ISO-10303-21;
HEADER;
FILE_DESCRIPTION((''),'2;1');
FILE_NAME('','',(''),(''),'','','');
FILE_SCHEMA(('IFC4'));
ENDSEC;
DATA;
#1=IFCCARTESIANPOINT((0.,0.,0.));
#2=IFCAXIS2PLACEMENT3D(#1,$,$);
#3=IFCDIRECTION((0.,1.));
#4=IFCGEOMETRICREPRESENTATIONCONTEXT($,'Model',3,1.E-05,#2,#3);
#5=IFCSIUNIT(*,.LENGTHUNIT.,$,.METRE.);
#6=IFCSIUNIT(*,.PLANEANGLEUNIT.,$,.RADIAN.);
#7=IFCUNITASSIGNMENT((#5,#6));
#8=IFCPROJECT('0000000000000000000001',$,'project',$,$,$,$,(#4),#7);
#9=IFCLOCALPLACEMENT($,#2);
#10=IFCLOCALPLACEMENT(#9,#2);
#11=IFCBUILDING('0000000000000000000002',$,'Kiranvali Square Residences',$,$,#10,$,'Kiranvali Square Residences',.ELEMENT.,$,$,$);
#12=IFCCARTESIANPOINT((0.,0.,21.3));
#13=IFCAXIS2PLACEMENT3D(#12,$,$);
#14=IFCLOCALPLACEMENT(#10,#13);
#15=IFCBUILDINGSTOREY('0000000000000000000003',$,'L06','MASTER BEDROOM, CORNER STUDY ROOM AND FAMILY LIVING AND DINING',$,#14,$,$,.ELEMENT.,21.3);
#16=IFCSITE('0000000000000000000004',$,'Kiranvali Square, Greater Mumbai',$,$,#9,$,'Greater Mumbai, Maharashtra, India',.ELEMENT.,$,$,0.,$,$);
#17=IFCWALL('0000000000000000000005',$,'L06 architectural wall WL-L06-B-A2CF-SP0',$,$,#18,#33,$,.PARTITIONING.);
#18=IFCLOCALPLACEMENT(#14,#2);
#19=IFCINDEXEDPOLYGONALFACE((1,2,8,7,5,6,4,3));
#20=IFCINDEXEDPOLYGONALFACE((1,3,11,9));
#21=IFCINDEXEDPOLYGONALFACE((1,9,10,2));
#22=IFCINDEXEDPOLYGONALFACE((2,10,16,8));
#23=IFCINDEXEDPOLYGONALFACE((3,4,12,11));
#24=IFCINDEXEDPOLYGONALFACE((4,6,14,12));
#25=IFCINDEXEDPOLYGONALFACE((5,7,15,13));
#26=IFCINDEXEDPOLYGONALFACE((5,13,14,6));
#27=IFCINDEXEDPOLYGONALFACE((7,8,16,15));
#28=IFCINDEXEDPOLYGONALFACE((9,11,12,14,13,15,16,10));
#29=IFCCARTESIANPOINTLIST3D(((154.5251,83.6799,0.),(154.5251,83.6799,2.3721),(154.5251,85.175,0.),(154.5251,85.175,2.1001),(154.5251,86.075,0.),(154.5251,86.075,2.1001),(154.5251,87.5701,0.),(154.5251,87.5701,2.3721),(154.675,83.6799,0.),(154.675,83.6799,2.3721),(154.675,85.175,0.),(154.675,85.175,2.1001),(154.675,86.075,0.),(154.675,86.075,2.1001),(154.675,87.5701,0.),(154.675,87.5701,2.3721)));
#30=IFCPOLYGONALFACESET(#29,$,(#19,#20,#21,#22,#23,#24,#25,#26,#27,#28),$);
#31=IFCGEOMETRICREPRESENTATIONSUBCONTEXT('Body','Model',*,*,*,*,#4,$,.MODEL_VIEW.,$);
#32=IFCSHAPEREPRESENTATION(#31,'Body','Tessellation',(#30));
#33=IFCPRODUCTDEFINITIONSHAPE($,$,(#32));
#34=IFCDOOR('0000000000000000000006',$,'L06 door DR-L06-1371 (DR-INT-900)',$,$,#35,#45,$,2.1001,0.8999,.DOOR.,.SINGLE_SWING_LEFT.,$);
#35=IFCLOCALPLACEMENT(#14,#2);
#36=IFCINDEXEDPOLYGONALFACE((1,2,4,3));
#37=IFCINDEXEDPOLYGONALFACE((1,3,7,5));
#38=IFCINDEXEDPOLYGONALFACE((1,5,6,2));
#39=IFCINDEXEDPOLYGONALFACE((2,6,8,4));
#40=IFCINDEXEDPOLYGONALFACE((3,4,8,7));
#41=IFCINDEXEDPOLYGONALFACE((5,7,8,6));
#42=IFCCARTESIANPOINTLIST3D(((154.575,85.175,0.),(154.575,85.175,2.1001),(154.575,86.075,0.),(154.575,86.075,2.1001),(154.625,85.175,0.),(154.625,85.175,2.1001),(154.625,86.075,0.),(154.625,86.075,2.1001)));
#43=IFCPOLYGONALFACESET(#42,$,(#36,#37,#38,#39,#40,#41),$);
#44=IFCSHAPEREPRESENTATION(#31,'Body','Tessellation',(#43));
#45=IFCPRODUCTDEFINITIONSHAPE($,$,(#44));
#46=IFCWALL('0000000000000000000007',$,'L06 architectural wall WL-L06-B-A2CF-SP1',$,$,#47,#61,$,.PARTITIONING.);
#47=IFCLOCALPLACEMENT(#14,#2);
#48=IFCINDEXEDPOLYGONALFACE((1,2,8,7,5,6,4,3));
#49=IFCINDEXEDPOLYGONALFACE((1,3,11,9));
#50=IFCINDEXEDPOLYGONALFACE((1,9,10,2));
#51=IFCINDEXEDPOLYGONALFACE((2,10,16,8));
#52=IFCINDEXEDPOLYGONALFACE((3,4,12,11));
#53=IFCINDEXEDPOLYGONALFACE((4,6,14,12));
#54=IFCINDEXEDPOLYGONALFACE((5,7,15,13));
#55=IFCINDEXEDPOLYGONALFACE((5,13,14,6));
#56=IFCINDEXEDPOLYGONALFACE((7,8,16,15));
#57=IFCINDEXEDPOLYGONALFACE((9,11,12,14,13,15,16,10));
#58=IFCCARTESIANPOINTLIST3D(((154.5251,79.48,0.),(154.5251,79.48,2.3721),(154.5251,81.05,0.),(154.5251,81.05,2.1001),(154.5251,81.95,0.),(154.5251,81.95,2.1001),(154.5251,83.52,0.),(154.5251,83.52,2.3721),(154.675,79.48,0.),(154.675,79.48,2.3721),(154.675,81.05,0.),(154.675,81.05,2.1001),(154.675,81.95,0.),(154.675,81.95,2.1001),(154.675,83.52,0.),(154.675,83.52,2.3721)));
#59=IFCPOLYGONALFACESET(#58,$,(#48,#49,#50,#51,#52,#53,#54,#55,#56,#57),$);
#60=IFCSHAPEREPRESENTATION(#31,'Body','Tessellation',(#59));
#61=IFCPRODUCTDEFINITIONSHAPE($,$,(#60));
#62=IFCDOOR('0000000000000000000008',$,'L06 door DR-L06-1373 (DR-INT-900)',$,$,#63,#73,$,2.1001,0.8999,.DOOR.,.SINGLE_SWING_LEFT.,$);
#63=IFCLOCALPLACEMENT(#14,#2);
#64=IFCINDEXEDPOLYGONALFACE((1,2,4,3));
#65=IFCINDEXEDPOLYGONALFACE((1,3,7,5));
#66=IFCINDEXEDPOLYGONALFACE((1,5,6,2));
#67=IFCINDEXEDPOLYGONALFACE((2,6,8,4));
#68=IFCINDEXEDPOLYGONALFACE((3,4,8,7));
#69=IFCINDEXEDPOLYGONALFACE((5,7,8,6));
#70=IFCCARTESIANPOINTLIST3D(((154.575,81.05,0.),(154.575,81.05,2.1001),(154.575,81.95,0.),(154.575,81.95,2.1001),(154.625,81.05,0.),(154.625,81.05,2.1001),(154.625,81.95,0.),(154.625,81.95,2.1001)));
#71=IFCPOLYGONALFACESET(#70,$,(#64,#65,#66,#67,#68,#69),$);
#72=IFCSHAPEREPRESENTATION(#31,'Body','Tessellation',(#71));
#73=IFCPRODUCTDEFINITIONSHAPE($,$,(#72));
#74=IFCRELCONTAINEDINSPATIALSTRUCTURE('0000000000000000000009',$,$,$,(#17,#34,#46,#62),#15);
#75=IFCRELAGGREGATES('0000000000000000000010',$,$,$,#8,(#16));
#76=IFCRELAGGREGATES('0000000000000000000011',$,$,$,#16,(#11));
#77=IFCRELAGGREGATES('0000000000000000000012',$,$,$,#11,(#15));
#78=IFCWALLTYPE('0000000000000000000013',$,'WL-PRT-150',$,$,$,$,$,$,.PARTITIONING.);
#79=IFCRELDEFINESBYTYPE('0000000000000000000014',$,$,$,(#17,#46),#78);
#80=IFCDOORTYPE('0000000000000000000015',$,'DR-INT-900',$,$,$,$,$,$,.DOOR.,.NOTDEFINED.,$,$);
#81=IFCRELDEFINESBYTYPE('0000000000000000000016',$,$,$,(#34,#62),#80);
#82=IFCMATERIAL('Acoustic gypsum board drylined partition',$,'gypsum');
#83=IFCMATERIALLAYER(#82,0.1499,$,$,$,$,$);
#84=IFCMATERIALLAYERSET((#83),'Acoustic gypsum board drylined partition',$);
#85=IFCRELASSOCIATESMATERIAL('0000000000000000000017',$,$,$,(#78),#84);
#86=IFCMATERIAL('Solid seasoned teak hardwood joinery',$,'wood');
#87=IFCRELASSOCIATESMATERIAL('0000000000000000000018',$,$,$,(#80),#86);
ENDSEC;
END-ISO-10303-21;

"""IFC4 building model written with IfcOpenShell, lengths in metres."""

from ifc_helpers import new_model, si_unit, direction, frame, frame_2d, origin, place, context, subcontext, project, spatial, rectangle, extrude, material, layer, layer_set, type_object, element, fill, save


model = new_model("IFC4")

# Units and contexts
model_context = context("Model", 3, precision=1e-05, world=origin(), true_north=direction((0.0, 1.0)))
body_context = subcontext(model_context, "Body", "Model", "MODEL_VIEW")
ifc_project = project(units=[si_unit("LENGTHUNIT", "METRE"), si_unit("PLANEANGLEUNIT", "RADIAN")], contexts=[model_context])

# Site, building, storey
site_placement = place(None, origin())
site = spatial("IfcSite", under=ifc_project, at=site_placement, Name="Kiranvali Square, Greater Mumbai", LongName="Greater Mumbai, Maharashtra, India", CompositionType="ELEMENT", RefElevation=0.0)
building_placement = place(site_placement, origin())
building = spatial("IfcBuilding", under=site, at=building_placement, Name="Kiranvali Square Residences", LongName="Kiranvali Square Residences", CompositionType="ELEMENT")
storey_placement = place(building_placement, frame((0.0, 0.0, 21.3)))
storey = spatial("IfcBuildingStorey", under=building, at=storey_placement, Name="L06", Description="MASTER BEDROOM, CORNER STUDY ROOM AND FAMILY LIVING AND DINING", CompositionType="ELEMENT", Elevation=21.3)

# Walls, openings, doors
ifc_material_1 = material(Name="Acoustic gypsum board drylined partition", Category="gypsum")
ifc_layer_1 = layer(ifc_material_1, 0.1499)
ifc_layer_set_1 = layer_set([ifc_layer_1], Name="Acoustic gypsum board drylined partition")
wall_type_1 = type_object("IfcWallType", Name="WL-PRT-150", PredefinedType="PARTITIONING", material=ifc_layer_set_1)
wall_1_placement = place(storey_placement, frame((154.6001, 87.5701, 0.0), z_axis=(0.0, 0.0, 1.0), x_axis=(0.0, -1.0, 0.0)))
wall_1 = element("IfcWall", 1, at=wall_1_placement, inside=storey, type_object=wall_type_1, Name="L06 architectural wall WL-L06-B-A2CF-SP0", PredefinedType="PARTITIONING", context=body_context, shape_type="SweptSolid", body=[
    extrude(rectangle(XDim=3.8901, YDim=0.1499, at=frame_2d((1.9451, 0.0))), origin(), (0.0, 0.0, 1.0), 2.3721),
])
opening_1_placement = place(wall_1_placement, frame((1.4951, 0.0, 0.0)))
opening_1 = element("IfcOpeningElement", 2, at=opening_1_placement, cuts=wall_1, PredefinedType="OPENING", context=body_context, shape_type="SweptSolid", body=[
    extrude(rectangle(XDim=0.8999, YDim=2.1001, at=frame_2d((0.45, 1.05))), frame((0.0, 0.085, 0.0), z_axis=(0.0, -1.0, 0.0), x_axis=(1.0, 0.0, 0.0)), (0.0, 0.0, 1.0), 0.1699),
])
ifc_material_2 = material(Name="Solid seasoned teak hardwood joinery", Category="wood")
door_type = type_object("IfcDoorType", Name="DR-INT-900", OperationType="NOTDEFINED", PredefinedType="DOOR", material=ifc_material_2)
door_1_placement = place(opening_1_placement, origin())
door_1 = element("IfcDoor", 3, at=door_1_placement, inside=storey, type_object=door_type, Name="L06 door DR-L06-1371 (DR-INT-900)", OperationType="SINGLE_SWING_LEFT", OverallHeight=2.1001, OverallWidth=0.8999, PredefinedType="DOOR", context=body_context, shape_type="SweptSolid", body=[
    extrude(rectangle(XDim=0.8999, YDim=2.1001, at=frame_2d((0.45, 1.05))), frame((0.0, 0.0249, 0.0), z_axis=(0.0, -1.0, 0.0), x_axis=(1.0, 0.0, 0.0)), (0.0, 0.0, 1.0), 0.05),
])
fill(opening_1, door_1)
wall_2_placement = place(storey_placement, frame((154.6001, 83.52, 0.0), z_axis=(0.0, 0.0, 1.0), x_axis=(0.0, -1.0, 0.0)))
wall_2 = element("IfcWall", 4, at=wall_2_placement, inside=storey, type_object=wall_type_1, Name="L06 architectural wall WL-L06-B-A2CF-SP1", PredefinedType="PARTITIONING", context=body_context, shape_type="SweptSolid", body=[
    extrude(rectangle(XDim=4.04, YDim=0.1499, at=frame_2d((2.02, 0.0))), origin(), (0.0, 0.0, 1.0), 2.3721),
])
opening_2_placement = place(wall_2_placement, frame((1.5701, 0.0, 0.0)))
opening_2 = element("IfcOpeningElement", 5, at=opening_2_placement, cuts=wall_2, PredefinedType="OPENING", context=body_context, shape_type="SweptSolid", body=[
    extrude(rectangle(XDim=0.8999, YDim=2.1001, at=frame_2d((0.45, 1.05))), frame((0.0, 0.085, 0.0), z_axis=(0.0, -1.0, 0.0), x_axis=(1.0, 0.0, 0.0)), (0.0, 0.0, 1.0), 0.1699),
])
door_2_placement = place(opening_2_placement, origin())
door_2 = element("IfcDoor", 6, at=door_2_placement, inside=storey, type_object=door_type, Name="L06 door DR-L06-1373 (DR-INT-900)", OperationType="SINGLE_SWING_LEFT", OverallHeight=2.1001, OverallWidth=0.8999, PredefinedType="DOOR", context=body_context, shape_type="SweptSolid", body=[
    extrude(rectangle(XDim=0.8999, YDim=2.1001, at=frame_2d((0.45, 1.05))), frame((0.0, 0.0249, 0.0), z_axis=(0.0, -1.0, 0.0), x_axis=(1.0, 0.0, 0.0)), (0.0, 0.0, 1.0), 0.05),
])
fill(opening_2, door_2)

save(model, "model.ifc")
